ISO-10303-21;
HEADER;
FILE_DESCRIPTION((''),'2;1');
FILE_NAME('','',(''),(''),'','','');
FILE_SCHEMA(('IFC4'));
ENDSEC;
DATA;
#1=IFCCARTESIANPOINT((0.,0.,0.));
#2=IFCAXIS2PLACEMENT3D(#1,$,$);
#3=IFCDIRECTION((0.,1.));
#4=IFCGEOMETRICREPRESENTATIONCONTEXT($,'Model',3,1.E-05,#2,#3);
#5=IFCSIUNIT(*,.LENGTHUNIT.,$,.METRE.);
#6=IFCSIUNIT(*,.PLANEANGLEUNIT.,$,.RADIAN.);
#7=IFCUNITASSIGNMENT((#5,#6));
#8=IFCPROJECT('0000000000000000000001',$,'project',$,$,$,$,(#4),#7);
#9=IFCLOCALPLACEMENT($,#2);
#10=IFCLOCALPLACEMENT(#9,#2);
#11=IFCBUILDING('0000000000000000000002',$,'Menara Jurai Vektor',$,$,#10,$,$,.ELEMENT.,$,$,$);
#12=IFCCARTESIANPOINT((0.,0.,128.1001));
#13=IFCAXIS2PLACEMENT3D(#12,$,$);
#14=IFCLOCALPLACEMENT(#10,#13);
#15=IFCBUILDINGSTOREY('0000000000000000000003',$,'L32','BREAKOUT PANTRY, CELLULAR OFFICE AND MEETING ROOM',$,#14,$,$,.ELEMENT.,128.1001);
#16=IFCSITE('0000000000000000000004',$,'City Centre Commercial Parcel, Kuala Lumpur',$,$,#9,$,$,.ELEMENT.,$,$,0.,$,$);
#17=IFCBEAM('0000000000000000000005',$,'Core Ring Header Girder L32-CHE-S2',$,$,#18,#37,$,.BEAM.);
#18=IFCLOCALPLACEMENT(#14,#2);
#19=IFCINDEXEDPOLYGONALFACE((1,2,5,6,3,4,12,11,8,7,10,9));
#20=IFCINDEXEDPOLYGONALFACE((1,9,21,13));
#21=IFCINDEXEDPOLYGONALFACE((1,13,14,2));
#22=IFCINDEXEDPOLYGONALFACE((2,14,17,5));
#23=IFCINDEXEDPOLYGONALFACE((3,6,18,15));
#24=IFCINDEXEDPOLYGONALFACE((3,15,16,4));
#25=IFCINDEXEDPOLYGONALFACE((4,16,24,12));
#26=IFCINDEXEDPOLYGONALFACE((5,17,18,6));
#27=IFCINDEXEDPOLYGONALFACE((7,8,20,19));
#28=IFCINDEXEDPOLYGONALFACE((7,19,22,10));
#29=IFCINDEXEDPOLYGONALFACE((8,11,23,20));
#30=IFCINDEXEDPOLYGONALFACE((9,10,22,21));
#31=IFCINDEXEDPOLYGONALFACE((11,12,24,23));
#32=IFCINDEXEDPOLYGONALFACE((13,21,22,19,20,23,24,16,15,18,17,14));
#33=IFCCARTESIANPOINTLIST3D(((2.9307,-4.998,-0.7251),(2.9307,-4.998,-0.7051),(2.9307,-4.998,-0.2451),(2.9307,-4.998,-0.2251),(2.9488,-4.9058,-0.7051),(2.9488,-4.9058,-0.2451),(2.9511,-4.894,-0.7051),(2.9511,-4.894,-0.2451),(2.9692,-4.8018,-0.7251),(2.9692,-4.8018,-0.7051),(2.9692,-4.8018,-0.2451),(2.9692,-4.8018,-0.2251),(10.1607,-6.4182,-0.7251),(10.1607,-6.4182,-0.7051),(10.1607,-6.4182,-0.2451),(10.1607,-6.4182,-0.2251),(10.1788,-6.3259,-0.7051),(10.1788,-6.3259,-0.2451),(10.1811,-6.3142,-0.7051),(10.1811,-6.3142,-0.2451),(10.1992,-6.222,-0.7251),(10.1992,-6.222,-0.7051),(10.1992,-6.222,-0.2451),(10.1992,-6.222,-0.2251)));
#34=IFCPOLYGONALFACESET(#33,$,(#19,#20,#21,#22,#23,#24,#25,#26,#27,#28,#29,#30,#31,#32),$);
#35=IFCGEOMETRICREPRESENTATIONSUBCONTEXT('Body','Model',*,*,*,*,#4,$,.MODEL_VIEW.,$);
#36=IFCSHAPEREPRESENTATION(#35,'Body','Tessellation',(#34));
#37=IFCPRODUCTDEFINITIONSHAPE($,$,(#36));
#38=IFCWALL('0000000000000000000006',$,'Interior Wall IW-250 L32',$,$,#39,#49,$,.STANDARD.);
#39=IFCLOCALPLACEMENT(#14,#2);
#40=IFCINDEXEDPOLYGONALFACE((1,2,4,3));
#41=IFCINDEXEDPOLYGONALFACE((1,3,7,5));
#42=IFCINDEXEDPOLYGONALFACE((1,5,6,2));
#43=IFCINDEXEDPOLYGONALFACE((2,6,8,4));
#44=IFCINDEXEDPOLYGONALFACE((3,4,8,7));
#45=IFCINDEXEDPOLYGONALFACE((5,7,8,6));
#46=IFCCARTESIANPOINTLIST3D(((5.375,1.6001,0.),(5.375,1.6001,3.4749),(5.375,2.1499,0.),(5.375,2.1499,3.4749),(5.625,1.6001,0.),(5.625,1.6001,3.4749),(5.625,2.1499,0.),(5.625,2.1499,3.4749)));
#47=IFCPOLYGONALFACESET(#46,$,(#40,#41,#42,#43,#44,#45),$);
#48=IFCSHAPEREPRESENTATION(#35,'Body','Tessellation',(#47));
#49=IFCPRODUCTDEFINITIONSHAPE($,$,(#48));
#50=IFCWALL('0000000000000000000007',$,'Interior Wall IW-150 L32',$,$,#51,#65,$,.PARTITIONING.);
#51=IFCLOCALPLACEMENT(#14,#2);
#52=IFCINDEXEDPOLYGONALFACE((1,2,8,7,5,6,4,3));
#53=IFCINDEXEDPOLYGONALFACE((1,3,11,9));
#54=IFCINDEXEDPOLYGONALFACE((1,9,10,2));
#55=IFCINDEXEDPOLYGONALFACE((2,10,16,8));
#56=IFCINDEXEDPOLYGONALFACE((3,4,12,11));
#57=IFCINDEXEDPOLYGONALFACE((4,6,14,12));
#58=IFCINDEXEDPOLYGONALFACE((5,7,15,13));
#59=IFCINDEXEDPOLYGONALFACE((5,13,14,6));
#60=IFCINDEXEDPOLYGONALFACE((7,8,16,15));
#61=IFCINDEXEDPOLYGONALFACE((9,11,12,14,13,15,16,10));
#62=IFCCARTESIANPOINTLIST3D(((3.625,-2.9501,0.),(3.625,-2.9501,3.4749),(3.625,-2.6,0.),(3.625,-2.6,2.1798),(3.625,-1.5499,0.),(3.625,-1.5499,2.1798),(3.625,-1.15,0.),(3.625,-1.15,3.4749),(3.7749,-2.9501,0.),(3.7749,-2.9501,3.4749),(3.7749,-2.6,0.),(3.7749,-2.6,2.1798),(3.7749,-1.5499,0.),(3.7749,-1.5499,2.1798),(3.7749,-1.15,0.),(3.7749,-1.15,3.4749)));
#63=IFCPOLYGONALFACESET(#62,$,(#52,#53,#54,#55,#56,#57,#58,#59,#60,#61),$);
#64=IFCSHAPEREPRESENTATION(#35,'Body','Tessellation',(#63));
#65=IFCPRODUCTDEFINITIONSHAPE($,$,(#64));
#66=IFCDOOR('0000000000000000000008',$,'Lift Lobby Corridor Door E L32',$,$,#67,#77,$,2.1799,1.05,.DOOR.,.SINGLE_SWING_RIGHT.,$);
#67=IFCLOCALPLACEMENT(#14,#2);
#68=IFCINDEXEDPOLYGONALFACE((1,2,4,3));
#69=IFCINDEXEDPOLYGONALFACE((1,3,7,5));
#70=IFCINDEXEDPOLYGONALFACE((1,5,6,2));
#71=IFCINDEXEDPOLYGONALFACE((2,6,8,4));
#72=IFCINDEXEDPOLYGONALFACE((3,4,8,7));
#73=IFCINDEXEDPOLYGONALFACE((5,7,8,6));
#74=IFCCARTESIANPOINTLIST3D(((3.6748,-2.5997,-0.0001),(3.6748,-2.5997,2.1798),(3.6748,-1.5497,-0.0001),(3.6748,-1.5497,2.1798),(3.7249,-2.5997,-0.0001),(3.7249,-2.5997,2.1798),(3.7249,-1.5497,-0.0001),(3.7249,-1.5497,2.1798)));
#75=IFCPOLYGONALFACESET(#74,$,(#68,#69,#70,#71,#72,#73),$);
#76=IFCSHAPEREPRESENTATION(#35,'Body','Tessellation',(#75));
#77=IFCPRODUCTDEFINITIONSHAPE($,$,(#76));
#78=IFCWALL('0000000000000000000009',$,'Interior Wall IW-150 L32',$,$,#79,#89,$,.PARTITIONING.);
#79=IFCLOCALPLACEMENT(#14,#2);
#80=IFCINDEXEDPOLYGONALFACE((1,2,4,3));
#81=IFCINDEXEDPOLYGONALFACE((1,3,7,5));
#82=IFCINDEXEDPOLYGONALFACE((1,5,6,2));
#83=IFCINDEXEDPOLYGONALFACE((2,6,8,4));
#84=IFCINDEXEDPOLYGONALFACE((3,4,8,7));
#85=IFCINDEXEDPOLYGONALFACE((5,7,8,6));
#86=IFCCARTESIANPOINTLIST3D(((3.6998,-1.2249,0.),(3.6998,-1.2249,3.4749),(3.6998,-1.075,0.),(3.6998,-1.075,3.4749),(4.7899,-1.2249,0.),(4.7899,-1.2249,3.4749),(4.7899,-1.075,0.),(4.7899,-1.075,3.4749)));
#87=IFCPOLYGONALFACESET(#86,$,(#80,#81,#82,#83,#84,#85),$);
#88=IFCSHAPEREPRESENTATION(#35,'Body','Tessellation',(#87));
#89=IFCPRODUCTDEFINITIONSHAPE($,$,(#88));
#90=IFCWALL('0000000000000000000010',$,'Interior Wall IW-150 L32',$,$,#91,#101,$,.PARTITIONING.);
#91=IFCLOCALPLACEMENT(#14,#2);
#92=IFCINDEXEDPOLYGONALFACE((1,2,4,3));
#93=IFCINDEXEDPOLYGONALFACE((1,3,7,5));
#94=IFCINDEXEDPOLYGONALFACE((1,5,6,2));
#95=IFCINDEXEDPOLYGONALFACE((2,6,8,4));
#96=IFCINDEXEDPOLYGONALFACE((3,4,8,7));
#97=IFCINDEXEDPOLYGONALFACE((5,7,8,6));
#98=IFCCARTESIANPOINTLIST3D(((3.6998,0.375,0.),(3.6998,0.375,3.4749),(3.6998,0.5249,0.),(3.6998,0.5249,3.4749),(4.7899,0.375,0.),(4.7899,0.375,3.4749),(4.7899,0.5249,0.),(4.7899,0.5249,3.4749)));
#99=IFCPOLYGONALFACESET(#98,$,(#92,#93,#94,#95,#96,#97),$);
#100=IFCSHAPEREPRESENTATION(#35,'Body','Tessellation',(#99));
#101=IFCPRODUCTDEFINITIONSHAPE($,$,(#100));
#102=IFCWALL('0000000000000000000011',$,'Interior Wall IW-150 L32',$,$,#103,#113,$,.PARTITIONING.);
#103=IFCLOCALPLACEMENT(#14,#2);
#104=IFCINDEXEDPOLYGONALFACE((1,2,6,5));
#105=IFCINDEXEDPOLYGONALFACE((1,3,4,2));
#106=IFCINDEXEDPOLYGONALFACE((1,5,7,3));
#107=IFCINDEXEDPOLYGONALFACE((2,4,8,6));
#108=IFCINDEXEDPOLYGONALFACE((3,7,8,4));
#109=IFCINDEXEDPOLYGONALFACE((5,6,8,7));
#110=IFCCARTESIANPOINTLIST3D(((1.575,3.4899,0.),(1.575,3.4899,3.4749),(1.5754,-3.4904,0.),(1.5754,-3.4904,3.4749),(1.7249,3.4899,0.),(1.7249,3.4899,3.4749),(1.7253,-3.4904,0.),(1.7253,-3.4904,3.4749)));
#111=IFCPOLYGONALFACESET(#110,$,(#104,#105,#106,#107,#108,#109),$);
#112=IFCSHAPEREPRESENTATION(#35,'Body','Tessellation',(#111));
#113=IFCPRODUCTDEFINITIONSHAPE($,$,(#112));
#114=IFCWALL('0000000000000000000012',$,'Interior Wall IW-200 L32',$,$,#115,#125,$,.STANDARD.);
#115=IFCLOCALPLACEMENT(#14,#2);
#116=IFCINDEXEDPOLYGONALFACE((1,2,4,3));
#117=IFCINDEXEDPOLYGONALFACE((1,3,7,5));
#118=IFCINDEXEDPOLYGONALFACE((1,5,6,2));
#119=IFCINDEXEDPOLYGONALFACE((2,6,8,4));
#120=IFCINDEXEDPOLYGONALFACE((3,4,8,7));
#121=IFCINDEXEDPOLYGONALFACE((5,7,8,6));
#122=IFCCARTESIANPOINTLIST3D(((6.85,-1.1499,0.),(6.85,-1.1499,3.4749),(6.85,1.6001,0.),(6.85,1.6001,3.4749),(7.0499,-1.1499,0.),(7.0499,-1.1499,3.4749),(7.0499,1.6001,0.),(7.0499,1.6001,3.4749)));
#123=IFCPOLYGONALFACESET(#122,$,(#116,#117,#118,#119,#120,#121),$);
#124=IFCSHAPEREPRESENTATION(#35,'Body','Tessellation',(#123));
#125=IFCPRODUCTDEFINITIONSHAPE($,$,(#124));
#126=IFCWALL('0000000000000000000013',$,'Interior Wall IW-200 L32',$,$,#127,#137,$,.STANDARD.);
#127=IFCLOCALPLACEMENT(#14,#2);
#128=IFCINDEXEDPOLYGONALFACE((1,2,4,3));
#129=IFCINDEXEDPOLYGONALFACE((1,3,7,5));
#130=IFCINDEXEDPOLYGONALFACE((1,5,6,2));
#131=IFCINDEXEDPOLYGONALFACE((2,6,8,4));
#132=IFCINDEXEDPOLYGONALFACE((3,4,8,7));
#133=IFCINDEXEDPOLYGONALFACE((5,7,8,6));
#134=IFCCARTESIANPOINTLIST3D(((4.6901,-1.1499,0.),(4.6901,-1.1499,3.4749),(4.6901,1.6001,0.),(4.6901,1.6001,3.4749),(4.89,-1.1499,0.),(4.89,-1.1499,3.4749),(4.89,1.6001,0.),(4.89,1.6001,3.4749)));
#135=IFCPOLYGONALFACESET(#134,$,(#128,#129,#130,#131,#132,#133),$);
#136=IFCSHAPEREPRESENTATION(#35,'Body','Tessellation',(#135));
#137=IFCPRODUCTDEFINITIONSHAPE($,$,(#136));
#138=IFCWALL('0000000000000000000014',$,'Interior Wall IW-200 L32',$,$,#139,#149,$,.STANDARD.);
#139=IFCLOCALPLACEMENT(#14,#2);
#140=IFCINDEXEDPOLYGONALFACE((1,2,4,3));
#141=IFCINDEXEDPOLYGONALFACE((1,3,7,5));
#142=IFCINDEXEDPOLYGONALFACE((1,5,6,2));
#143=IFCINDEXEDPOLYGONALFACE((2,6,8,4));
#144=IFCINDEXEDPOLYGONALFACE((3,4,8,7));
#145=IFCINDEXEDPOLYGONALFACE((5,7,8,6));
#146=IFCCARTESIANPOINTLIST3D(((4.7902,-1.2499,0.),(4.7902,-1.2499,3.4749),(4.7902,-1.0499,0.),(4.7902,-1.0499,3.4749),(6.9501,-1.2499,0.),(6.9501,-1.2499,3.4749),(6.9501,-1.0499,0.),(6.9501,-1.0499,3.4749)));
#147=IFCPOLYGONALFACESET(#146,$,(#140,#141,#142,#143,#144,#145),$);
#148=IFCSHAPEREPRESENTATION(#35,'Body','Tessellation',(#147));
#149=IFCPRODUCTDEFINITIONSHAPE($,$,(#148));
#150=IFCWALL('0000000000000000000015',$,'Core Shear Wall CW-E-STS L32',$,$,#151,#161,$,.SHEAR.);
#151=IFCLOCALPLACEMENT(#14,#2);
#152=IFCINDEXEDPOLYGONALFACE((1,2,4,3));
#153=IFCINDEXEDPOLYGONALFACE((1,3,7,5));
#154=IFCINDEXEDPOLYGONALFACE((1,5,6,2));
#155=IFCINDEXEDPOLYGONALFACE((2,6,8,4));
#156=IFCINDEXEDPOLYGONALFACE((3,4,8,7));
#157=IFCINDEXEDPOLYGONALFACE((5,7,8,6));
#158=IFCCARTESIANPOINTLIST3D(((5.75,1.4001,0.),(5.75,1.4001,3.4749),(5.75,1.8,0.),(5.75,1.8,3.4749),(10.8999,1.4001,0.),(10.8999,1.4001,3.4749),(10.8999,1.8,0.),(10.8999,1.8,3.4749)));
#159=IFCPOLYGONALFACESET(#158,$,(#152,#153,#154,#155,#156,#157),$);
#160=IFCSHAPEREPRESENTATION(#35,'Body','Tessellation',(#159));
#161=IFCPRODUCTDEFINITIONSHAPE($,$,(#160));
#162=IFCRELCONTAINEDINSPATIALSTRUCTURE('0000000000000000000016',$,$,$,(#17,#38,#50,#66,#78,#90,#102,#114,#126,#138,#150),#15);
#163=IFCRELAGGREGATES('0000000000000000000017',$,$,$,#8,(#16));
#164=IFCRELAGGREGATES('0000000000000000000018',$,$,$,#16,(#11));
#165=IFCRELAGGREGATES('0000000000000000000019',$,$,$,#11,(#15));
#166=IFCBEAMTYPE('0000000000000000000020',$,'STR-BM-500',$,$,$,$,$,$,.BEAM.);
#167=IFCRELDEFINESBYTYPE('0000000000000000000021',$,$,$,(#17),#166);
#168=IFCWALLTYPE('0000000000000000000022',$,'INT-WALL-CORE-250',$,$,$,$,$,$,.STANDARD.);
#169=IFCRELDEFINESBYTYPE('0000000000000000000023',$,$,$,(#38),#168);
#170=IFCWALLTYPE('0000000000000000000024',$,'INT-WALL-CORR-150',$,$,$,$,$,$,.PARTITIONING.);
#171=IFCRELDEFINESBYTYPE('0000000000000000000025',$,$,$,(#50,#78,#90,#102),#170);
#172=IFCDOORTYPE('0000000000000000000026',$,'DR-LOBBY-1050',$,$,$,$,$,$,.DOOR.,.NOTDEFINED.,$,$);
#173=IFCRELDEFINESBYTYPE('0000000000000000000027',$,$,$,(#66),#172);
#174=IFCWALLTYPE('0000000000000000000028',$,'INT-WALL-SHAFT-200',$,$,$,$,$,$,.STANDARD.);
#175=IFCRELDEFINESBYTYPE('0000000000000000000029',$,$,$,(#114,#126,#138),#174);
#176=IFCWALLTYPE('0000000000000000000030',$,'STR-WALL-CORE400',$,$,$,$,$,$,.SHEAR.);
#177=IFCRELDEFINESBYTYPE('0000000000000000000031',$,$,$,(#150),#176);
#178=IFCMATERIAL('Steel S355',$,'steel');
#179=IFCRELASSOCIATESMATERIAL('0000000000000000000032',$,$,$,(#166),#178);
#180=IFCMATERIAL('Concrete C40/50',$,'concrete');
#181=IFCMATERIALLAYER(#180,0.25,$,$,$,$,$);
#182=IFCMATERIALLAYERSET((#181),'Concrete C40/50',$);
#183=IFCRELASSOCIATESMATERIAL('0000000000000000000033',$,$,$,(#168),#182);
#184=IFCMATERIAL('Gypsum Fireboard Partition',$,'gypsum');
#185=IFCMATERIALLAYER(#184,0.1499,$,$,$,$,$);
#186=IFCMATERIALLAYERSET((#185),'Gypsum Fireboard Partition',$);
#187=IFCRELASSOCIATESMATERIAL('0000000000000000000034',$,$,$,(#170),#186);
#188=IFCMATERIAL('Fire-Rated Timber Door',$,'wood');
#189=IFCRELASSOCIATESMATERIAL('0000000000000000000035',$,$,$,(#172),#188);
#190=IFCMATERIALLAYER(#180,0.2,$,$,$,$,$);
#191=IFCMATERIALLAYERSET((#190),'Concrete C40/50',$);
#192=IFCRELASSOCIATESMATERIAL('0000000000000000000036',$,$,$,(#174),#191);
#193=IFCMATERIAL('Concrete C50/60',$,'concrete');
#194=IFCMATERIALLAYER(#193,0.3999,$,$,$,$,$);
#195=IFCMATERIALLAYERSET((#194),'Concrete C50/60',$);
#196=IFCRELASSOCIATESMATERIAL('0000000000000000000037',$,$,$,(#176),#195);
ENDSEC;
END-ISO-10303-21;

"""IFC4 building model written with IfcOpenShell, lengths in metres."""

from ifc_helpers import new_model, si_unit, direction, frame, frame_2d, origin, origin_2d, place, context, subcontext, project, spatial, rectangle, i_section, extrude, material, layer, layer_set, material_profile, profile_set, type_object, element, fill, save


model = new_model("IFC4")

# Units and contexts
model_context = context("Model", 3, precision=1e-05, world=origin(), true_north=direction((0.0, 1.0)))
body_context = subcontext(model_context, "Body", "Model", "MODEL_VIEW")
ifc_project = project(units=[si_unit("LENGTHUNIT", "METRE"), si_unit("PLANEANGLEUNIT", "RADIAN")], contexts=[model_context])

# Site, building, storey
site_placement = place(None, origin())
site = spatial("IfcSite", under=ifc_project, at=site_placement, Name="City Centre Commercial Parcel, Kuala Lumpur", CompositionType="ELEMENT", RefElevation=0.0)
building_placement = place(site_placement, origin())
building = spatial("IfcBuilding", under=site, at=building_placement, Name="Menara Jurai Vektor", CompositionType="ELEMENT")
storey_placement = place(building_placement, frame((0.0, 0.0, 128.1001)))
storey = spatial("IfcBuildingStorey", under=building, at=storey_placement, Name="L32", Description="BREAKOUT PANTRY, CELLULAR OFFICE AND MEETING ROOM", CompositionType="ELEMENT", Elevation=128.1001)

# Beam
ifc_material_1 = material(Name="Steel S355", Category="steel")
ifc_material_profile = material_profile(ifc_material_1, i_section(OverallWidth=0.2, OverallDepth=0.5, WebThickness=0.012, FlangeThickness=0.02, at=origin_2d()), Name="PG 500x200x96")
ifc_profile_set = profile_set([ifc_material_profile], Name="Steel S355")
beam_type = type_object("IfcBeamType", Name="STR-BM-500", PredefinedType="BEAM", material=ifc_profile_set)
beam_placement = place(storey_placement, frame((2.95, -4.8999, -0.4751), z_axis=(0.981249, -0.192744, 0.0), x_axis=(0.192744, 0.981249, 0.0)))
element("IfcBeam", 1, at=beam_placement, inside=storey, type_object=beam_type, Name="Core Ring Header Girder L32-CHE-S2", PredefinedType="BEAM", context=body_context, shape_type="SweptSolid", body=[
    extrude(i_section(OverallWidth=0.2, OverallDepth=0.5, WebThickness=0.012, FlangeThickness=0.02, at=origin_2d()), origin(), (0.0, 0.0, 1.0), 7.3682),
])

# Wall
ifc_material_2 = material(Name="Concrete C40/50", Category="concrete")
ifc_layer_1 = layer(ifc_material_2, 0.25)
ifc_layer_set_1 = layer_set([ifc_layer_1], Name="Concrete C40/50")
wall_type_1 = type_object("IfcWallType", Name="INT-WALL-CORE-250", PredefinedType="STANDARD", material=ifc_layer_set_1)
wall_1_placement = place(storey_placement, frame((5.5, 1.6001, 0.0), z_axis=(0.0, 0.0, 1.0), x_axis=(0.0, 1.0, 0.0)))
element("IfcWall", 2, at=wall_1_placement, inside=storey, type_object=wall_type_1, Name="Interior Wall IW-250 L32", PredefinedType="STANDARD", context=body_context, shape_type="SweptSolid", body=[
    extrude(rectangle(XDim=0.5498, YDim=0.25, at=frame_2d((0.2749, 0.0))), origin(), (0.0, 0.0, 1.0), 3.4749),
])

# Wall, opening, door
ifc_material_3 = material(Name="Gypsum Fireboard Partition", Category="gypsum")
ifc_layer_2 = layer(ifc_material_3, 0.1499)
ifc_layer_set_2 = layer_set([ifc_layer_2], Name="Gypsum Fireboard Partition")
wall_type_2 = type_object("IfcWallType", Name="INT-WALL-CORR-150", PredefinedType="PARTITIONING", material=ifc_layer_set_2)
wall_2_placement = place(storey_placement, frame((3.7, -2.95, 0.0), z_axis=(0.0, 0.0, 1.0), x_axis=(0.0, 1.0, 0.0)))
wall_2 = element("IfcWall", 3, at=wall_2_placement, inside=storey, type_object=wall_type_2, Name="Interior Wall IW-150 L32", PredefinedType="PARTITIONING", context=body_context, shape_type="SweptSolid", body=[
    extrude(rectangle(XDim=1.8, YDim=0.1499, at=frame_2d((0.8999, 0.0))), origin(), (0.0, 0.0, 1.0), 3.4749),
])
opening_1_placement = place(wall_2_placement, frame((0.3501, 0.0, 0.0)))
opening_1 = element("IfcOpeningElement", 4, at=opening_1_placement, cuts=wall_2, PredefinedType="OPENING", context=body_context, shape_type="SweptSolid", body=[
    extrude(rectangle(XDim=1.05, YDim=2.1799, at=frame_2d((0.5249, 1.0898))), frame((0.0, 0.085, 0.0), z_axis=(0.0, -1.0, 0.0), x_axis=(1.0, 0.0, 0.0)), (0.0, 0.0, 1.0), 0.1699),
])
ifc_material_4 = material(Name="Fire-Rated Timber Door", Category="wood")
door_type_1 = type_object("IfcDoorType", Name="DR-LOBBY-1050", OperationType="NOTDEFINED", PredefinedType="DOOR", material=ifc_material_4)
door_1_placement = place(opening_1_placement, frame((1.05, 0.0, 0.0), z_axis=(0.0, 0.0, 1.0), x_axis=(-1.0, 0.0, 0.0)))
door_1 = element("IfcDoor", 5, at=door_1_placement, inside=storey, type_object=door_type_1, Name="Lift Lobby Corridor Door E L32", OperationType="SINGLE_SWING_RIGHT", OverallHeight=2.1799, OverallWidth=1.05, PredefinedType="DOOR", context=body_context, shape_type="SweptSolid", body=[
    extrude(rectangle(XDim=1.05, YDim=2.1799, at=frame_2d((0.5249, 1.0898))), frame((0.0, 0.0249, 0.0), z_axis=(0.0, -1.0, 0.0), x_axis=(1.0, 0.0, 0.0)), (0.0, 0.0, 1.0), 0.05),
])
fill(opening_1, door_1)

# Walls
for number, where, z_axis, x_axis, name in (
    (6, (3.7, -1.1499, 0.0), (0.0, 0.0, 1.0), (1.0, 0.0, 0.0), "Interior Wall IW-150 L32"),
    (7, (3.7, 0.45, 0.0), (0.0, 0.0, 1.0), (1.0, 0.0, 0.0), "Interior Wall IW-150 L32"),
):
    element("IfcWall", number, at=place(storey_placement, frame(where, z_axis=z_axis, x_axis=x_axis)), inside=storey, type_object=wall_type_2, Name=name, PredefinedType="PARTITIONING", context=body_context, shape_type="SweptSolid", body=[
        extrude(rectangle(XDim=1.0901, YDim=0.1499, at=frame_2d((0.5449, 0.0))), origin(), (0.0, 0.0, 1.0), 3.4749),
    ])
wall_3_placement = place(storey_placement, frame((1.6504, -3.4905, 0.0), z_axis=(0.0, 0.0, 1.0), x_axis=(-0.00007, 1.0, 0.0)))
element("IfcWall", 8, at=wall_3_placement, inside=storey, type_object=wall_type_2, Name="Interior Wall IW-150 L32", PredefinedType="PARTITIONING", context=body_context, shape_type="SweptSolid", body=[
    extrude(rectangle(XDim=6.9802, YDim=0.1499, at=frame_2d((3.4902, 0.0))), origin(), (0.0, 0.0, 1.0), 3.4749),
])

# Shared definitions
ifc_layer_3 = layer(ifc_material_2, 0.2)
ifc_layer_set_3 = layer_set([ifc_layer_3], Name="Concrete C40/50")
wall_type_3 = type_object("IfcWallType", Name="INT-WALL-SHAFT-200", PredefinedType="STANDARD", material=ifc_layer_set_3)

# Walls
for number, where, z_axis, x_axis, name in (
    (9, (6.95, -1.1499, 0.0), (0.0, 0.0, 1.0), (0.0, 1.0, 0.0), "Interior Wall IW-200 L32"),
    (10, (4.79, -1.1499, 0.0), (0.0, 0.0, 1.0), (0.0, 1.0, 0.0), "Interior Wall IW-200 L32"),
):
    element("IfcWall", number, at=place(storey_placement, frame(where, z_axis=z_axis, x_axis=x_axis)), inside=storey, type_object=wall_type_3, Name=name, PredefinedType="STANDARD", context=body_context, shape_type="SweptSolid", body=[
        extrude(rectangle(XDim=2.75, YDim=0.2, at=frame_2d((1.375, 0.0))), origin(), (0.0, 0.0, 1.0), 3.4749),
    ])
wall_4_placement = place(storey_placement, frame((4.79, -1.1499, 0.0), z_axis=(0.0, 0.0, 1.0), x_axis=(1.0, 0.0, 0.0)))
element("IfcWall", 11, at=wall_4_placement, inside=storey, type_object=wall_type_3, Name="Interior Wall IW-200 L32", PredefinedType="STANDARD", context=body_context, shape_type="SweptSolid", body=[
    extrude(rectangle(XDim=2.1599, YDim=0.2, at=frame_2d((1.0801, 0.0))), origin(), (0.0, 0.0, 1.0), 3.4749),
])

# Wall
ifc_material_5 = material(Name="Concrete C50/60", Category="concrete")
ifc_layer_4 = layer(ifc_material_5, 0.3999)
ifc_layer_set_4 = layer_set([ifc_layer_4], Name="Concrete C50/60")
wall_type_4 = type_object("IfcWallType", Name="STR-WALL-CORE400", PredefinedType="SHEAR", material=ifc_layer_set_4)
wall_5_placement = place(storey_placement, frame((5.75, 1.6001, 0.0), z_axis=(0.0, 0.0, 1.0), x_axis=(1.0, 0.0, 0.0)))
element("IfcWall", 12, at=wall_5_placement, inside=storey, type_object=wall_type_4, Name="Core Shear Wall CW-E-STS L32", PredefinedType="SHEAR", context=body_context, shape_type="SweptSolid", body=[
    extrude(rectangle(XDim=5.1499, YDim=0.3999, at=frame_2d((2.575, 0.0))), origin(), (0.0, 0.0, 1.0), 3.4749),
])

save(model, "model.ifc")
